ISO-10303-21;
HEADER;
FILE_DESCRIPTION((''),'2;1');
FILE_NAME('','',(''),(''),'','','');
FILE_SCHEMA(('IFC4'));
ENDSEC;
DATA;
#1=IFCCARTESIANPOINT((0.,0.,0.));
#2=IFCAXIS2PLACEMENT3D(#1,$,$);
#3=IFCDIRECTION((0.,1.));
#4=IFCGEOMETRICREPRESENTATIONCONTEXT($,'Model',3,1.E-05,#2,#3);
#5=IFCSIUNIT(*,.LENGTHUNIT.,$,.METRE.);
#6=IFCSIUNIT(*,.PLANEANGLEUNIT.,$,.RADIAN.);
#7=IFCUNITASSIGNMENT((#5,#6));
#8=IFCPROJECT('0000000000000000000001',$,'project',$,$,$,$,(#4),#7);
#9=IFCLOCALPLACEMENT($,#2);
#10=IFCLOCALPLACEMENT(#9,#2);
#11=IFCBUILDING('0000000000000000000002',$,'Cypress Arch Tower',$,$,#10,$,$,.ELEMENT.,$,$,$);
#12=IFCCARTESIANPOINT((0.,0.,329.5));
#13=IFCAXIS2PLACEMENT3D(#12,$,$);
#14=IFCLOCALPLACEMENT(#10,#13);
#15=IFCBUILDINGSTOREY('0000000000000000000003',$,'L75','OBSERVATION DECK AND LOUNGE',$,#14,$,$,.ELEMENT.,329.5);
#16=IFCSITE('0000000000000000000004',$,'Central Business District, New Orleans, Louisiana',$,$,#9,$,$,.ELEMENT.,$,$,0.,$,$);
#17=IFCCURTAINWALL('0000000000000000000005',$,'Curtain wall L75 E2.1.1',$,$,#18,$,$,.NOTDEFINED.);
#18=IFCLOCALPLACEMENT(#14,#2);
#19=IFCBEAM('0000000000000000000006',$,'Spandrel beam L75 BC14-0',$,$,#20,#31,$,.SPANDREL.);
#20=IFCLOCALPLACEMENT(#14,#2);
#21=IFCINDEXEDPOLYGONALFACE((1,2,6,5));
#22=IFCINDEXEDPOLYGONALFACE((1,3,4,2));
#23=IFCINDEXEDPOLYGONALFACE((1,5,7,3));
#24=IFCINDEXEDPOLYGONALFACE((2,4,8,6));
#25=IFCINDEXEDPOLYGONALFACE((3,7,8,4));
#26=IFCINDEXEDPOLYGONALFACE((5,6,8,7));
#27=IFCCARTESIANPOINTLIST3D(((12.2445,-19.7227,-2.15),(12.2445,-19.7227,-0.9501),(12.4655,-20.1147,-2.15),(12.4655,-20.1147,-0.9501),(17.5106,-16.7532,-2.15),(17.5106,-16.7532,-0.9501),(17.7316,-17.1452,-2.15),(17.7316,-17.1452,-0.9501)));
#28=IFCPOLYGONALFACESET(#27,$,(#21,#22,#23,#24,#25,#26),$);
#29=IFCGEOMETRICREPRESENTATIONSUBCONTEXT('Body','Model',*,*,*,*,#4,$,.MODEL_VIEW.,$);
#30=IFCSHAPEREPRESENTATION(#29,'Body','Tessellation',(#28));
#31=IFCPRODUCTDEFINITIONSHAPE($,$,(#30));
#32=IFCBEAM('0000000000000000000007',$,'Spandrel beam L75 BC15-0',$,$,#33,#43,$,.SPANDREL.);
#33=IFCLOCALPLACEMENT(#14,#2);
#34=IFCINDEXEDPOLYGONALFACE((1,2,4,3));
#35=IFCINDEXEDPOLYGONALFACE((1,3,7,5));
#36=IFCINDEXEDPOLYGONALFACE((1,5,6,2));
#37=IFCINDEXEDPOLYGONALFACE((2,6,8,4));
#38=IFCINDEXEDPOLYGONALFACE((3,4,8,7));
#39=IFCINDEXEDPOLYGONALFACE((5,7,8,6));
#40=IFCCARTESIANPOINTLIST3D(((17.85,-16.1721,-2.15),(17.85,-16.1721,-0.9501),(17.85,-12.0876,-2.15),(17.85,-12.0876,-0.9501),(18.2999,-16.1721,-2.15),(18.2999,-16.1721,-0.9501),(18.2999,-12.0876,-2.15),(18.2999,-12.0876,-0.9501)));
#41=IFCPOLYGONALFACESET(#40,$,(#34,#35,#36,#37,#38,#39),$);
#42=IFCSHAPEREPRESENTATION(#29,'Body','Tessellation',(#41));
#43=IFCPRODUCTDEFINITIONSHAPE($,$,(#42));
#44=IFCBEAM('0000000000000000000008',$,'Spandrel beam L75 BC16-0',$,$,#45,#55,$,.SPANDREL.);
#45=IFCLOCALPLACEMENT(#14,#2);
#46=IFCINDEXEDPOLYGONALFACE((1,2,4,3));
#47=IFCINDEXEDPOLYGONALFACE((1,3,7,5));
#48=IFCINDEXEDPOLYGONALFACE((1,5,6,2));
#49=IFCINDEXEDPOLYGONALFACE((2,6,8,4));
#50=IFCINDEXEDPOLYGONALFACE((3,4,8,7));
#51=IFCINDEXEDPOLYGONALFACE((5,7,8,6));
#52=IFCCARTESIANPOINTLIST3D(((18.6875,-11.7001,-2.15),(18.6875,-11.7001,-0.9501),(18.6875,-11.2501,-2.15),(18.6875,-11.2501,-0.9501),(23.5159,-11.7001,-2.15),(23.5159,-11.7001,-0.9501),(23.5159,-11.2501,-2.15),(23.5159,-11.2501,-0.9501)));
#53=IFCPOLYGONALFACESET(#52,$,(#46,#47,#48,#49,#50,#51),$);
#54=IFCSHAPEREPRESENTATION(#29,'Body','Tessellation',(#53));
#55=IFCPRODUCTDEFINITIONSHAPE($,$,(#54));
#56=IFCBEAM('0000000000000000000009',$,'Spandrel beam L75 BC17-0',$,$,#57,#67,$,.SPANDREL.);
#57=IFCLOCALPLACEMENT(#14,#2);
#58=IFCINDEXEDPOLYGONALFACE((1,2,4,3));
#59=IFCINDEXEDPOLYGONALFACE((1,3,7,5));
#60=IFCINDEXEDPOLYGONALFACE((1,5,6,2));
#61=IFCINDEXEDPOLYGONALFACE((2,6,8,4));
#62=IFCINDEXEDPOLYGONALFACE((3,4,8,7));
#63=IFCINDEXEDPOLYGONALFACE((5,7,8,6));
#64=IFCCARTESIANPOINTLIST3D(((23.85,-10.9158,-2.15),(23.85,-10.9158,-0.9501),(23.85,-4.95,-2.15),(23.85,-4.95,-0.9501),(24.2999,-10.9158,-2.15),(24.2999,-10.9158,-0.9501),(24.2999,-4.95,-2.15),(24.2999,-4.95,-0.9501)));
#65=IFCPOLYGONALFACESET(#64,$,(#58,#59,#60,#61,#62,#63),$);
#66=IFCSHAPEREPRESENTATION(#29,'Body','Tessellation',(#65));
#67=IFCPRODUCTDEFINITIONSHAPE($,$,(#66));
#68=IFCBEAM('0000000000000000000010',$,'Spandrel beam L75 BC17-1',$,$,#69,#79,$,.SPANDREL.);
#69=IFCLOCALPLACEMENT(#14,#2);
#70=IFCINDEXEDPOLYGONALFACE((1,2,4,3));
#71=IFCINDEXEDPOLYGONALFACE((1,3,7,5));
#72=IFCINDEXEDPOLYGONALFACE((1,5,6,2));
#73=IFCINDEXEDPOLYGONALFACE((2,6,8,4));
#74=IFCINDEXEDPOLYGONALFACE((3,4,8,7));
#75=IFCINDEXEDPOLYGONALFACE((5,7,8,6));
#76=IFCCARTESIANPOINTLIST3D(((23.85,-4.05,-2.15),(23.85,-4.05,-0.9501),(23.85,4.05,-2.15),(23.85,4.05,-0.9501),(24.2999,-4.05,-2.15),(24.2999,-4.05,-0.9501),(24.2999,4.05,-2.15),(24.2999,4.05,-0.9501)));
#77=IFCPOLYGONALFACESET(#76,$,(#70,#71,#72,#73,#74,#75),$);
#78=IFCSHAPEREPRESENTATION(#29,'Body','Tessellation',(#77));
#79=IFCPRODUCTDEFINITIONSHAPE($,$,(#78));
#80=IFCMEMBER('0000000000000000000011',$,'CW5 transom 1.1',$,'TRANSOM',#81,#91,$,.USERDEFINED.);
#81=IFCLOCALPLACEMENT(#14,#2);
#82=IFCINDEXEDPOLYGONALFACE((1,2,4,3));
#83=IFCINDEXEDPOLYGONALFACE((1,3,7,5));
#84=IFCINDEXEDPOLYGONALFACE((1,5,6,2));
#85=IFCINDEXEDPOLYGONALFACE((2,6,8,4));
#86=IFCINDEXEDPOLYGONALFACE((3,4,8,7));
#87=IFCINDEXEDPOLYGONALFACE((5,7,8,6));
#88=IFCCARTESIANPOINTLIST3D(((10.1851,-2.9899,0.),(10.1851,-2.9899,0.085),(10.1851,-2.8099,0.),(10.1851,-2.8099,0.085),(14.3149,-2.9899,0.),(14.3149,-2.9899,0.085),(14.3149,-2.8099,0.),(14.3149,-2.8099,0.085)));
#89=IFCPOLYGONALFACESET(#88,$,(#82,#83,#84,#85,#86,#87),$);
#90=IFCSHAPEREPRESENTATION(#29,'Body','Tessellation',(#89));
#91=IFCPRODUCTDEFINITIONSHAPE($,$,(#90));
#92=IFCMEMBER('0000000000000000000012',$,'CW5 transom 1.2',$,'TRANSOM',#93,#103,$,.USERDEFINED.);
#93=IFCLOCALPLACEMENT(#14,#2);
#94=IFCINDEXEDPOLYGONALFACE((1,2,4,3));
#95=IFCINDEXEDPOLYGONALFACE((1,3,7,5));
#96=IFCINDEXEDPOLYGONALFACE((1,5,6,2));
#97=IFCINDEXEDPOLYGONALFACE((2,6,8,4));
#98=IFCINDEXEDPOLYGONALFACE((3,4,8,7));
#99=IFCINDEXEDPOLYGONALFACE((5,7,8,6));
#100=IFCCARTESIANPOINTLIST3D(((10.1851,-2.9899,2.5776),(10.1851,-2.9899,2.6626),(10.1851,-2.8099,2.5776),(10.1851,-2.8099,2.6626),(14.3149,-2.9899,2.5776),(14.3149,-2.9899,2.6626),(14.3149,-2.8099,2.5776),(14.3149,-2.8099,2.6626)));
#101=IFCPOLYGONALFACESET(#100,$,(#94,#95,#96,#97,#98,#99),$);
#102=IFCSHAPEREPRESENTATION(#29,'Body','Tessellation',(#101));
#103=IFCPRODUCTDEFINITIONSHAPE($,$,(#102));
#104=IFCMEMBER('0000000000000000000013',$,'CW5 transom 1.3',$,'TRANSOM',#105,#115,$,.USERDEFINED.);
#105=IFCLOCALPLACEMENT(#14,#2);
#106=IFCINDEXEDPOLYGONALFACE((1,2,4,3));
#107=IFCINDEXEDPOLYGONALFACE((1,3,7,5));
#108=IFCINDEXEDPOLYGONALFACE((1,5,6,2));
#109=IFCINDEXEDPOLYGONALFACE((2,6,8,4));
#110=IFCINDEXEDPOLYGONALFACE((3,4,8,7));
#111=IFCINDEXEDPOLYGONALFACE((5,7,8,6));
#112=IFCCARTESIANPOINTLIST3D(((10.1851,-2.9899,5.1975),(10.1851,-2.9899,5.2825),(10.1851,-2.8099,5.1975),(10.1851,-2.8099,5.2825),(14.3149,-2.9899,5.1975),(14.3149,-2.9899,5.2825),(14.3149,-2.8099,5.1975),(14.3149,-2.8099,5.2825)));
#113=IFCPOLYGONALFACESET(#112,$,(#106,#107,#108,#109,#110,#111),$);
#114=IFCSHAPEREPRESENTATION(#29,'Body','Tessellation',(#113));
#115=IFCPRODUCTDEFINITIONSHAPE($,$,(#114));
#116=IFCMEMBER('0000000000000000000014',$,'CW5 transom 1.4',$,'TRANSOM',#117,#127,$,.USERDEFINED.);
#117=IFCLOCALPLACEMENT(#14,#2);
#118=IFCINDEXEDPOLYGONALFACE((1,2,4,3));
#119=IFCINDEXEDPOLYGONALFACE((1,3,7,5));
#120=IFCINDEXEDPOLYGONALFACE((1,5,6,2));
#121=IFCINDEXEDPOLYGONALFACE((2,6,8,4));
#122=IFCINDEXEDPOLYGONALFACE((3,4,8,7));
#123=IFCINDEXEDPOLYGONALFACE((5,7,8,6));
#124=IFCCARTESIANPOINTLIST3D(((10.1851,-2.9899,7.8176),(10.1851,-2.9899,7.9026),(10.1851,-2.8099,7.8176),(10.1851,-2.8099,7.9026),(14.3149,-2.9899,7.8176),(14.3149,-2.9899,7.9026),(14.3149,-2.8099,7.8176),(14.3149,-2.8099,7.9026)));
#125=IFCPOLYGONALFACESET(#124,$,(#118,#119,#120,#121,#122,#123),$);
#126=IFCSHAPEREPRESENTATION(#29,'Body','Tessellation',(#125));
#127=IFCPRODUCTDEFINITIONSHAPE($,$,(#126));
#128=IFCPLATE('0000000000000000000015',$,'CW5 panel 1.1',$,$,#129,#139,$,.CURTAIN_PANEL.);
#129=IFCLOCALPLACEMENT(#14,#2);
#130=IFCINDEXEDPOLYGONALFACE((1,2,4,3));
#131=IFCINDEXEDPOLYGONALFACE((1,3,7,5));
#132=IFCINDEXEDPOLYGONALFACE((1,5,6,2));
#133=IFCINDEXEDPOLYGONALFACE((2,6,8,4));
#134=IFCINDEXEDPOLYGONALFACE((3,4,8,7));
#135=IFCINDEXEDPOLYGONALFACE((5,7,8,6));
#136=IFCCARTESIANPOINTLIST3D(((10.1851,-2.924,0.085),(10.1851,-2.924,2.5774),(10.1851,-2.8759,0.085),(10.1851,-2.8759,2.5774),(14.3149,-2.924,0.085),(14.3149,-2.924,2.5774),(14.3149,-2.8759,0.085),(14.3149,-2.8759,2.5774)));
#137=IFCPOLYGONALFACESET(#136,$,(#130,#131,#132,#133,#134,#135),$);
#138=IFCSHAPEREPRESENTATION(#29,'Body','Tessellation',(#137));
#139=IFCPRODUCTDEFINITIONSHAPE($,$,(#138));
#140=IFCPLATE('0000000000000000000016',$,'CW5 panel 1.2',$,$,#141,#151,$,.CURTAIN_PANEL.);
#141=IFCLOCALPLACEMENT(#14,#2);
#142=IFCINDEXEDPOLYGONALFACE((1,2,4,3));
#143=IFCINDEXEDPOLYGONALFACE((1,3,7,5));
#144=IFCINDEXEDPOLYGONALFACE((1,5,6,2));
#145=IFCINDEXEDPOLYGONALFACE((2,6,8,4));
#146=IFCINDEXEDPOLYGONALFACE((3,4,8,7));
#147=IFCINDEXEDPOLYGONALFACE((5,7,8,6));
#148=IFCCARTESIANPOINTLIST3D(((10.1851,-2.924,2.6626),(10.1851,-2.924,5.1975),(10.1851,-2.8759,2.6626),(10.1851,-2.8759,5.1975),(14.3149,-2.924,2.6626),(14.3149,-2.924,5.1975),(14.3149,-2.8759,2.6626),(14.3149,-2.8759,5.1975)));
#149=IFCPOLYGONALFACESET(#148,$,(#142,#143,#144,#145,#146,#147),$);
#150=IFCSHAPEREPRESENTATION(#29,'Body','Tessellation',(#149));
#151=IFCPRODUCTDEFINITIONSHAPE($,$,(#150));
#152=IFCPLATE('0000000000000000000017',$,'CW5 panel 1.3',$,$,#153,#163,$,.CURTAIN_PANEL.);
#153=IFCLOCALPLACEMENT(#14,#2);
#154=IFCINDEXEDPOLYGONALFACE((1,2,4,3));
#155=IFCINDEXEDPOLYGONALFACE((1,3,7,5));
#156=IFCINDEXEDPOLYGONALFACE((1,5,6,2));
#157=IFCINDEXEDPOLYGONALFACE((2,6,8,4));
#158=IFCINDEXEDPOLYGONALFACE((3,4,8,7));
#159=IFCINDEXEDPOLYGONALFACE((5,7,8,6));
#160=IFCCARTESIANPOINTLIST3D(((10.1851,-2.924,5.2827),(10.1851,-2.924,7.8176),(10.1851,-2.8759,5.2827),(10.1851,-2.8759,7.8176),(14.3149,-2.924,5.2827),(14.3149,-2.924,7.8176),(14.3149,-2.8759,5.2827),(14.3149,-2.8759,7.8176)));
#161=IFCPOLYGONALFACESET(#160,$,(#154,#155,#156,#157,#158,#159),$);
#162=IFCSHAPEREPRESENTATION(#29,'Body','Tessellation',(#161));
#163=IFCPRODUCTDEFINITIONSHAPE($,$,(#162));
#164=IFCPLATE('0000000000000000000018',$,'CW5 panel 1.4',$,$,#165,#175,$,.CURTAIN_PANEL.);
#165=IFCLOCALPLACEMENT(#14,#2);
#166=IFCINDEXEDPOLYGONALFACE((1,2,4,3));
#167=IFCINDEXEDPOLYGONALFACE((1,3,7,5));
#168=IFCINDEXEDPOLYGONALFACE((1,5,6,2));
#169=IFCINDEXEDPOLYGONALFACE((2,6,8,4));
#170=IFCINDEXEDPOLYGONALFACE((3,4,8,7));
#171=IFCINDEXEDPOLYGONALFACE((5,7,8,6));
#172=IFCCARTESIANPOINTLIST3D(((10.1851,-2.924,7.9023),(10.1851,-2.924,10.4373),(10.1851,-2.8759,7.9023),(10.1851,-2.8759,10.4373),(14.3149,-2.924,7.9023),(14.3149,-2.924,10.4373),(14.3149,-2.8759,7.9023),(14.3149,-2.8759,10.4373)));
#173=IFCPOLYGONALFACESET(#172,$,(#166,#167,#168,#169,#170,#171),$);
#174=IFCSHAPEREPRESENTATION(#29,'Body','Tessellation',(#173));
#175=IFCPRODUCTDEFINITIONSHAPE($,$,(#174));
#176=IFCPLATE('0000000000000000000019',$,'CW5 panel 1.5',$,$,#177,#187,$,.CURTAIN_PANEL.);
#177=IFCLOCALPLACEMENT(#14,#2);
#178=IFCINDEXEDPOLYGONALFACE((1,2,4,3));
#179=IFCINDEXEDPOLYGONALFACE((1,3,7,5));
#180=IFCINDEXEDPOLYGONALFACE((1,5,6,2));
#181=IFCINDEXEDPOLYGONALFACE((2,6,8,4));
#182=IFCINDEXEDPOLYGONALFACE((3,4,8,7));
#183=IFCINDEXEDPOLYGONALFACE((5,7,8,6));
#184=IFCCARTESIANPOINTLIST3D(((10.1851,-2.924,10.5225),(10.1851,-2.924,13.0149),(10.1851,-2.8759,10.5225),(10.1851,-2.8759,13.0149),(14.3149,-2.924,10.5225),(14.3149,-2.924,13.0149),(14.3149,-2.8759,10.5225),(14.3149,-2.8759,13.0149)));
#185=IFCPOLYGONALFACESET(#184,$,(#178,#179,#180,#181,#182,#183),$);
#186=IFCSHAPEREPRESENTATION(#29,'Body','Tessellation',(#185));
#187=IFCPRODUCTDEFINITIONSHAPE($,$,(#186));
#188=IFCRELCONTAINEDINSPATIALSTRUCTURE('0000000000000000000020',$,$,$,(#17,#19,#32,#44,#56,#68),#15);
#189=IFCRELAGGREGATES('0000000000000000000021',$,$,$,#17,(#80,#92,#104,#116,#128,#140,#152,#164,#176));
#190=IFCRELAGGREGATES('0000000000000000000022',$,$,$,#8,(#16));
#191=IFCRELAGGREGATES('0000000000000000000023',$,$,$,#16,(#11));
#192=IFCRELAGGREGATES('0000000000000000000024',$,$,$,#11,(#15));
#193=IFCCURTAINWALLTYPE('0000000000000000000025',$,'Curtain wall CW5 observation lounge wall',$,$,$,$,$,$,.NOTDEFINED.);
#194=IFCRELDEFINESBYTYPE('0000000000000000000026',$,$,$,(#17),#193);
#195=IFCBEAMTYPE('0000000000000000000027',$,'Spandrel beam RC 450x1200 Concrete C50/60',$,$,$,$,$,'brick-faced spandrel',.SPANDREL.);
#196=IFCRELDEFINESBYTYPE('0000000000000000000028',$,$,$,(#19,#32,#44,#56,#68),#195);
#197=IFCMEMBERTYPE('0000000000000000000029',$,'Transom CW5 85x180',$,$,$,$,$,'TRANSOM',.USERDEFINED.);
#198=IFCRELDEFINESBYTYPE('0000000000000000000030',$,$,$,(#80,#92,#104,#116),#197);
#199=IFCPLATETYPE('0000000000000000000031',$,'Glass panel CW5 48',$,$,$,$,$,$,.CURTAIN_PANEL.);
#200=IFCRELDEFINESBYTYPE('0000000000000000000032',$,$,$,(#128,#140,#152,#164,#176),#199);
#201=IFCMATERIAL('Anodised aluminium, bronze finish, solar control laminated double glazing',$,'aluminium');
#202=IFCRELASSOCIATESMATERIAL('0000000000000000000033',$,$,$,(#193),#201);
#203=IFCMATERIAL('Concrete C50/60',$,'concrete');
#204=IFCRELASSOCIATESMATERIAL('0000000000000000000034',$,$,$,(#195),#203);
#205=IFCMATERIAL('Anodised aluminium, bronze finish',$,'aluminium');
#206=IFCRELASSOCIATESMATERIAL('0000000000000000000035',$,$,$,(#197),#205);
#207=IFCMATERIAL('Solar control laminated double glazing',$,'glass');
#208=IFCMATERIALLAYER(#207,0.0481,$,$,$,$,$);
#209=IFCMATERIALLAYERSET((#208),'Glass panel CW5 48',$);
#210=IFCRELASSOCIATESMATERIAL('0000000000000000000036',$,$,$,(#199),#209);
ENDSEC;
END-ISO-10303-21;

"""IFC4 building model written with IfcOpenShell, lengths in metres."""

from ifc_helpers import new_model, si_unit, direction, frame, origin, origin_2d, place, context, subcontext, project, spatial, rectangle, extrude, material, layer, layer_set, material_profile, profile_set, type_object, element, aggregate, save


model = new_model("IFC4")

# Units and contexts
model_context = context("Model", 3, precision=1e-05, world=origin(), true_north=direction((0.0, 1.0)))
body_context = subcontext(model_context, "Body", "Model", "MODEL_VIEW")
ifc_project = project(units=[si_unit("LENGTHUNIT", "METRE"), si_unit("PLANEANGLEUNIT", "RADIAN")], contexts=[model_context])

# Site, building, storey
site_placement = place(None, origin())
site = spatial("IfcSite", under=ifc_project, at=site_placement, Name="Central Business District, New Orleans, Louisiana", CompositionType="ELEMENT", RefElevation=0.0)
building_placement = place(site_placement, origin())
building = spatial("IfcBuilding", under=site, at=building_placement, Name="Cypress Arch Tower", CompositionType="ELEMENT")
storey_placement = place(building_placement, frame((0.0, 0.0, 329.5)))
storey = spatial("IfcBuildingStorey", under=building, at=storey_placement, Name="L75", Description="OBSERVATION DECK AND LOUNGE", CompositionType="ELEMENT", Elevation=329.5)

# Curtain wall
ifc_material_1 = material(Name="Anodised aluminium, bronze finish, solar control laminated double glazing", Category="aluminium")
curtain_wall_type = type_object("IfcCurtainWallType", Name="Curtain wall CW5 observation lounge wall", PredefinedType="NOTDEFINED", material=ifc_material_1)
curtain_wall_1_placement = place(storey_placement, origin())
curtain_wall_1 = element("IfcCurtainWall", 1, at=curtain_wall_1_placement, inside=storey, type_object=curtain_wall_type, Name="Curtain wall L75 E2.1.1", PredefinedType="NOTDEFINED")

# Beams
ifc_material_2 = material(Name="Concrete C50/60", Category="concrete")
ifc_material_profile_1 = material_profile(ifc_material_2, rectangle(XDim=0.45, YDim=1.2, at=origin_2d()), Name="RC 450x1200")
ifc_profile_set_1 = profile_set([ifc_material_profile_1], Name="Concrete C50/60")
beam_type_1 = type_object("IfcBeamType", Name="Spandrel beam RC 450x1200 Concrete C50/60", ElementType="brick-faced spandrel", PredefinedType="SPANDREL", material=ifc_profile_set_1)
beam_1_placement = place(storey_placement, frame((12.355, -19.9187, -1.55), z_axis=(0.87106, 0.491177, 0.0), x_axis=(-0.491177, 0.87106, 0.0)))
element("IfcBeam", 2, at=beam_1_placement, inside=storey, type_object=beam_type_1, Name="Spandrel beam L75 BC14-0", PredefinedType="SPANDREL", context=body_context, shape_type="SweptSolid", body=[
    extrude(rectangle(XDim=0.45, YDim=1.2, at=origin_2d()), origin(), (0.0, 0.0, 1.0), 6.0457),
])
beam_2_placement = place(storey_placement, frame((18.075, -16.1721, -1.55), z_axis=(0.0, 1.0, 0.0), x_axis=(-1.0, 0.0, 0.0)))
element("IfcBeam", 3, at=beam_2_placement, inside=storey, type_object=beam_type_1, Name="Spandrel beam L75 BC15-0", PredefinedType="SPANDREL", context=body_context, shape_type="SweptSolid", body=[
    extrude(rectangle(XDim=0.45, YDim=1.2, at=origin_2d()), origin(), (0.0, 0.0, 1.0), 4.0845),
])
beam_3_placement = place(storey_placement, frame((18.6875, -11.4751, -1.55), z_axis=(1.0, 0.0, 0.0), x_axis=(0.0, 1.0, 0.0)))
element("IfcBeam", 4, at=beam_3_placement, inside=storey, type_object=beam_type_1, Name="Spandrel beam L75 BC16-0", PredefinedType="SPANDREL", context=body_context, shape_type="SweptSolid", body=[
    extrude(rectangle(XDim=0.45, YDim=1.2, at=origin_2d()), origin(), (0.0, 0.0, 1.0), 4.8284),
])
beam_4_placement = place(storey_placement, frame((24.075, -10.9158, -1.55), z_axis=(0.0, 1.0, 0.0), x_axis=(-1.0, 0.0, 0.0)))
element("IfcBeam", 5, at=beam_4_placement, inside=storey, type_object=beam_type_1, Name="Spandrel beam L75 BC17-0", PredefinedType="SPANDREL", context=body_context, shape_type="SweptSolid", body=[
    extrude(rectangle(XDim=0.45, YDim=1.2, at=origin_2d()), origin(), (0.0, 0.0, 1.0), 5.9658),
])
beam_5_placement = place(storey_placement, frame((24.075, -4.05, -1.55), z_axis=(0.0, 1.0, 0.0), x_axis=(-1.0, 0.0, 0.0)))
element("IfcBeam", 6, at=beam_5_placement, inside=storey, type_object=beam_type_1, Name="Spandrel beam L75 BC17-1", PredefinedType="SPANDREL", context=body_context, shape_type="SweptSolid", body=[
    extrude(rectangle(XDim=0.45, YDim=1.2, at=origin_2d()), origin(), (0.0, 0.0, 1.0), 8.1001),
])

# Members
ifc_material_3 = material(Name="Anodised aluminium, bronze finish", Category="aluminium")
ifc_material_profile_2 = material_profile(ifc_material_3, rectangle(XDim=0.1799, YDim=0.085, at=origin_2d()), Name="Transom 85x180")
ifc_profile_set_2 = profile_set([ifc_material_profile_2], Name="Anodised aluminium, bronze finish")
member_type_1 = type_object("IfcMemberType", Name="Transom CW5 85x180", ElementType="TRANSOM", PredefinedType="USERDEFINED", material=ifc_profile_set_2)
member_1_placement = place(storey_placement, frame((14.3149, -2.8999, 0.0425), z_axis=(-1.0, 0.0, 0.0), x_axis=(0.0, -1.0, 0.0)))
member_1 = element("IfcMember", 7, at=member_1_placement, type_object=member_type_1, Name="CW5 transom 1.1", ObjectType="TRANSOM", PredefinedType="USERDEFINED", context=body_context, shape_type="SweptSolid", body=[
    extrude(rectangle(XDim=0.1799, YDim=0.085, at=origin_2d()), origin(), (0.0, 0.0, 1.0), 4.1299),
])
member_2_placement = place(storey_placement, frame((14.3149, -2.8999, 2.6201), z_axis=(-1.0, 0.0, 0.0), x_axis=(0.0, -1.0, 0.0)))
member_2 = element("IfcMember", 8, at=member_2_placement, type_object=member_type_1, Name="CW5 transom 1.2", ObjectType="TRANSOM", PredefinedType="USERDEFINED", context=body_context, shape_type="SweptSolid", body=[
    extrude(rectangle(XDim=0.1799, YDim=0.085, at=origin_2d()), origin(), (0.0, 0.0, 1.0), 4.1299),
])
member_3_placement = place(storey_placement, frame((14.3149, -2.8999, 5.24), z_axis=(-1.0, 0.0, 0.0), x_axis=(0.0, -1.0, 0.0)))
member_3 = element("IfcMember", 9, at=member_3_placement, type_object=member_type_1, Name="CW5 transom 1.3", ObjectType="TRANSOM", PredefinedType="USERDEFINED", context=body_context, shape_type="SweptSolid", body=[
    extrude(rectangle(XDim=0.1799, YDim=0.085, at=origin_2d()), origin(), (0.0, 0.0, 1.0), 4.1299),
])
member_4_placement = place(storey_placement, frame((14.3149, -2.8999, 7.8601), z_axis=(-1.0, 0.0, 0.0), x_axis=(0.0, -1.0, 0.0)))
member_4 = element("IfcMember", 10, at=member_4_placement, type_object=member_type_1, Name="CW5 transom 1.4", ObjectType="TRANSOM", PredefinedType="USERDEFINED", context=body_context, shape_type="SweptSolid", body=[
    extrude(rectangle(XDim=0.1799, YDim=0.085, at=origin_2d()), origin(), (0.0, 0.0, 1.0), 4.1299),
])

# Plates
ifc_material_4 = material(Name="Solar control laminated double glazing", Category="glass")
ifc_layer_1 = layer(ifc_material_4, 0.0481)
ifc_layer_set_1 = layer_set([ifc_layer_1], Name="Glass panel CW5 48")
plate_type = type_object("IfcPlateType", Name="Glass panel CW5 48", PredefinedType="CURTAIN_PANEL", material=ifc_layer_set_1)
plate_1_placement = place(storey_placement, frame((12.25, -2.8999, 0.085), z_axis=(0.0, 0.0, 1.0), x_axis=(-1.0, 0.0, 0.0)))
plate_1 = element("IfcPlate", 11, at=plate_1_placement, type_object=plate_type, Name="CW5 panel 1.1", PredefinedType="CURTAIN_PANEL", context=body_context, shape_type="SweptSolid", body=[
    extrude(rectangle(XDim=4.1299, YDim=0.0481, at=origin_2d()), origin(), (0.0, 0.0, 1.0), 2.4924),
])
plate_2_placement = place(storey_placement, frame((12.25, -2.8999, 2.6626), z_axis=(0.0, 0.0, 1.0), x_axis=(-1.0, 0.0, 0.0)))
plate_2 = element("IfcPlate", 12, at=plate_2_placement, type_object=plate_type, Name="CW5 panel 1.2", PredefinedType="CURTAIN_PANEL", context=body_context, shape_type="SweptSolid", body=[
    extrude(rectangle(XDim=4.1299, YDim=0.0481, at=origin_2d()), origin(), (0.0, 0.0, 1.0), 2.5349),
])
plate_3_placement = place(storey_placement, frame((12.25, -2.8999, 5.2827), z_axis=(0.0, 0.0, 1.0), x_axis=(-1.0, 0.0, 0.0)))
plate_3 = element("IfcPlate", 13, at=plate_3_placement, type_object=plate_type, Name="CW5 panel 1.3", PredefinedType="CURTAIN_PANEL", context=body_context, shape_type="SweptSolid", body=[
    extrude(rectangle(XDim=4.1299, YDim=0.0481, at=origin_2d()), origin(), (0.0, 0.0, 1.0), 2.5349),
])
plate_4_placement = place(storey_placement, frame((12.25, -2.8999, 7.9023), z_axis=(0.0, 0.0, 1.0), x_axis=(-1.0, 0.0, 0.0)))
plate_4 = element("IfcPlate", 14, at=plate_4_placement, type_object=plate_type, Name="CW5 panel 1.4", PredefinedType="CURTAIN_PANEL", context=body_context, shape_type="SweptSolid", body=[
    extrude(rectangle(XDim=4.1299, YDim=0.0481, at=origin_2d()), origin(), (0.0, 0.0, 1.0), 2.5349),
])
plate_5_placement = place(storey_placement, frame((12.25, -2.8999, 10.5225), z_axis=(0.0, 0.0, 1.0), x_axis=(-1.0, 0.0, 0.0)))
plate_5 = element("IfcPlate", 15, at=plate_5_placement, type_object=plate_type, Name="CW5 panel 1.5", PredefinedType="CURTAIN_PANEL", context=body_context, shape_type="SweptSolid", body=[
    extrude(rectangle(XDim=4.1299, YDim=0.0481, at=origin_2d()), origin(), (0.0, 0.0, 1.0), 2.4924),
])
aggregate(curtain_wall_1, [member_1, member_2, member_3, member_4, plate_1, plate_2, plate_3, plate_4, plate_5])

save(model, "model.ifc")
